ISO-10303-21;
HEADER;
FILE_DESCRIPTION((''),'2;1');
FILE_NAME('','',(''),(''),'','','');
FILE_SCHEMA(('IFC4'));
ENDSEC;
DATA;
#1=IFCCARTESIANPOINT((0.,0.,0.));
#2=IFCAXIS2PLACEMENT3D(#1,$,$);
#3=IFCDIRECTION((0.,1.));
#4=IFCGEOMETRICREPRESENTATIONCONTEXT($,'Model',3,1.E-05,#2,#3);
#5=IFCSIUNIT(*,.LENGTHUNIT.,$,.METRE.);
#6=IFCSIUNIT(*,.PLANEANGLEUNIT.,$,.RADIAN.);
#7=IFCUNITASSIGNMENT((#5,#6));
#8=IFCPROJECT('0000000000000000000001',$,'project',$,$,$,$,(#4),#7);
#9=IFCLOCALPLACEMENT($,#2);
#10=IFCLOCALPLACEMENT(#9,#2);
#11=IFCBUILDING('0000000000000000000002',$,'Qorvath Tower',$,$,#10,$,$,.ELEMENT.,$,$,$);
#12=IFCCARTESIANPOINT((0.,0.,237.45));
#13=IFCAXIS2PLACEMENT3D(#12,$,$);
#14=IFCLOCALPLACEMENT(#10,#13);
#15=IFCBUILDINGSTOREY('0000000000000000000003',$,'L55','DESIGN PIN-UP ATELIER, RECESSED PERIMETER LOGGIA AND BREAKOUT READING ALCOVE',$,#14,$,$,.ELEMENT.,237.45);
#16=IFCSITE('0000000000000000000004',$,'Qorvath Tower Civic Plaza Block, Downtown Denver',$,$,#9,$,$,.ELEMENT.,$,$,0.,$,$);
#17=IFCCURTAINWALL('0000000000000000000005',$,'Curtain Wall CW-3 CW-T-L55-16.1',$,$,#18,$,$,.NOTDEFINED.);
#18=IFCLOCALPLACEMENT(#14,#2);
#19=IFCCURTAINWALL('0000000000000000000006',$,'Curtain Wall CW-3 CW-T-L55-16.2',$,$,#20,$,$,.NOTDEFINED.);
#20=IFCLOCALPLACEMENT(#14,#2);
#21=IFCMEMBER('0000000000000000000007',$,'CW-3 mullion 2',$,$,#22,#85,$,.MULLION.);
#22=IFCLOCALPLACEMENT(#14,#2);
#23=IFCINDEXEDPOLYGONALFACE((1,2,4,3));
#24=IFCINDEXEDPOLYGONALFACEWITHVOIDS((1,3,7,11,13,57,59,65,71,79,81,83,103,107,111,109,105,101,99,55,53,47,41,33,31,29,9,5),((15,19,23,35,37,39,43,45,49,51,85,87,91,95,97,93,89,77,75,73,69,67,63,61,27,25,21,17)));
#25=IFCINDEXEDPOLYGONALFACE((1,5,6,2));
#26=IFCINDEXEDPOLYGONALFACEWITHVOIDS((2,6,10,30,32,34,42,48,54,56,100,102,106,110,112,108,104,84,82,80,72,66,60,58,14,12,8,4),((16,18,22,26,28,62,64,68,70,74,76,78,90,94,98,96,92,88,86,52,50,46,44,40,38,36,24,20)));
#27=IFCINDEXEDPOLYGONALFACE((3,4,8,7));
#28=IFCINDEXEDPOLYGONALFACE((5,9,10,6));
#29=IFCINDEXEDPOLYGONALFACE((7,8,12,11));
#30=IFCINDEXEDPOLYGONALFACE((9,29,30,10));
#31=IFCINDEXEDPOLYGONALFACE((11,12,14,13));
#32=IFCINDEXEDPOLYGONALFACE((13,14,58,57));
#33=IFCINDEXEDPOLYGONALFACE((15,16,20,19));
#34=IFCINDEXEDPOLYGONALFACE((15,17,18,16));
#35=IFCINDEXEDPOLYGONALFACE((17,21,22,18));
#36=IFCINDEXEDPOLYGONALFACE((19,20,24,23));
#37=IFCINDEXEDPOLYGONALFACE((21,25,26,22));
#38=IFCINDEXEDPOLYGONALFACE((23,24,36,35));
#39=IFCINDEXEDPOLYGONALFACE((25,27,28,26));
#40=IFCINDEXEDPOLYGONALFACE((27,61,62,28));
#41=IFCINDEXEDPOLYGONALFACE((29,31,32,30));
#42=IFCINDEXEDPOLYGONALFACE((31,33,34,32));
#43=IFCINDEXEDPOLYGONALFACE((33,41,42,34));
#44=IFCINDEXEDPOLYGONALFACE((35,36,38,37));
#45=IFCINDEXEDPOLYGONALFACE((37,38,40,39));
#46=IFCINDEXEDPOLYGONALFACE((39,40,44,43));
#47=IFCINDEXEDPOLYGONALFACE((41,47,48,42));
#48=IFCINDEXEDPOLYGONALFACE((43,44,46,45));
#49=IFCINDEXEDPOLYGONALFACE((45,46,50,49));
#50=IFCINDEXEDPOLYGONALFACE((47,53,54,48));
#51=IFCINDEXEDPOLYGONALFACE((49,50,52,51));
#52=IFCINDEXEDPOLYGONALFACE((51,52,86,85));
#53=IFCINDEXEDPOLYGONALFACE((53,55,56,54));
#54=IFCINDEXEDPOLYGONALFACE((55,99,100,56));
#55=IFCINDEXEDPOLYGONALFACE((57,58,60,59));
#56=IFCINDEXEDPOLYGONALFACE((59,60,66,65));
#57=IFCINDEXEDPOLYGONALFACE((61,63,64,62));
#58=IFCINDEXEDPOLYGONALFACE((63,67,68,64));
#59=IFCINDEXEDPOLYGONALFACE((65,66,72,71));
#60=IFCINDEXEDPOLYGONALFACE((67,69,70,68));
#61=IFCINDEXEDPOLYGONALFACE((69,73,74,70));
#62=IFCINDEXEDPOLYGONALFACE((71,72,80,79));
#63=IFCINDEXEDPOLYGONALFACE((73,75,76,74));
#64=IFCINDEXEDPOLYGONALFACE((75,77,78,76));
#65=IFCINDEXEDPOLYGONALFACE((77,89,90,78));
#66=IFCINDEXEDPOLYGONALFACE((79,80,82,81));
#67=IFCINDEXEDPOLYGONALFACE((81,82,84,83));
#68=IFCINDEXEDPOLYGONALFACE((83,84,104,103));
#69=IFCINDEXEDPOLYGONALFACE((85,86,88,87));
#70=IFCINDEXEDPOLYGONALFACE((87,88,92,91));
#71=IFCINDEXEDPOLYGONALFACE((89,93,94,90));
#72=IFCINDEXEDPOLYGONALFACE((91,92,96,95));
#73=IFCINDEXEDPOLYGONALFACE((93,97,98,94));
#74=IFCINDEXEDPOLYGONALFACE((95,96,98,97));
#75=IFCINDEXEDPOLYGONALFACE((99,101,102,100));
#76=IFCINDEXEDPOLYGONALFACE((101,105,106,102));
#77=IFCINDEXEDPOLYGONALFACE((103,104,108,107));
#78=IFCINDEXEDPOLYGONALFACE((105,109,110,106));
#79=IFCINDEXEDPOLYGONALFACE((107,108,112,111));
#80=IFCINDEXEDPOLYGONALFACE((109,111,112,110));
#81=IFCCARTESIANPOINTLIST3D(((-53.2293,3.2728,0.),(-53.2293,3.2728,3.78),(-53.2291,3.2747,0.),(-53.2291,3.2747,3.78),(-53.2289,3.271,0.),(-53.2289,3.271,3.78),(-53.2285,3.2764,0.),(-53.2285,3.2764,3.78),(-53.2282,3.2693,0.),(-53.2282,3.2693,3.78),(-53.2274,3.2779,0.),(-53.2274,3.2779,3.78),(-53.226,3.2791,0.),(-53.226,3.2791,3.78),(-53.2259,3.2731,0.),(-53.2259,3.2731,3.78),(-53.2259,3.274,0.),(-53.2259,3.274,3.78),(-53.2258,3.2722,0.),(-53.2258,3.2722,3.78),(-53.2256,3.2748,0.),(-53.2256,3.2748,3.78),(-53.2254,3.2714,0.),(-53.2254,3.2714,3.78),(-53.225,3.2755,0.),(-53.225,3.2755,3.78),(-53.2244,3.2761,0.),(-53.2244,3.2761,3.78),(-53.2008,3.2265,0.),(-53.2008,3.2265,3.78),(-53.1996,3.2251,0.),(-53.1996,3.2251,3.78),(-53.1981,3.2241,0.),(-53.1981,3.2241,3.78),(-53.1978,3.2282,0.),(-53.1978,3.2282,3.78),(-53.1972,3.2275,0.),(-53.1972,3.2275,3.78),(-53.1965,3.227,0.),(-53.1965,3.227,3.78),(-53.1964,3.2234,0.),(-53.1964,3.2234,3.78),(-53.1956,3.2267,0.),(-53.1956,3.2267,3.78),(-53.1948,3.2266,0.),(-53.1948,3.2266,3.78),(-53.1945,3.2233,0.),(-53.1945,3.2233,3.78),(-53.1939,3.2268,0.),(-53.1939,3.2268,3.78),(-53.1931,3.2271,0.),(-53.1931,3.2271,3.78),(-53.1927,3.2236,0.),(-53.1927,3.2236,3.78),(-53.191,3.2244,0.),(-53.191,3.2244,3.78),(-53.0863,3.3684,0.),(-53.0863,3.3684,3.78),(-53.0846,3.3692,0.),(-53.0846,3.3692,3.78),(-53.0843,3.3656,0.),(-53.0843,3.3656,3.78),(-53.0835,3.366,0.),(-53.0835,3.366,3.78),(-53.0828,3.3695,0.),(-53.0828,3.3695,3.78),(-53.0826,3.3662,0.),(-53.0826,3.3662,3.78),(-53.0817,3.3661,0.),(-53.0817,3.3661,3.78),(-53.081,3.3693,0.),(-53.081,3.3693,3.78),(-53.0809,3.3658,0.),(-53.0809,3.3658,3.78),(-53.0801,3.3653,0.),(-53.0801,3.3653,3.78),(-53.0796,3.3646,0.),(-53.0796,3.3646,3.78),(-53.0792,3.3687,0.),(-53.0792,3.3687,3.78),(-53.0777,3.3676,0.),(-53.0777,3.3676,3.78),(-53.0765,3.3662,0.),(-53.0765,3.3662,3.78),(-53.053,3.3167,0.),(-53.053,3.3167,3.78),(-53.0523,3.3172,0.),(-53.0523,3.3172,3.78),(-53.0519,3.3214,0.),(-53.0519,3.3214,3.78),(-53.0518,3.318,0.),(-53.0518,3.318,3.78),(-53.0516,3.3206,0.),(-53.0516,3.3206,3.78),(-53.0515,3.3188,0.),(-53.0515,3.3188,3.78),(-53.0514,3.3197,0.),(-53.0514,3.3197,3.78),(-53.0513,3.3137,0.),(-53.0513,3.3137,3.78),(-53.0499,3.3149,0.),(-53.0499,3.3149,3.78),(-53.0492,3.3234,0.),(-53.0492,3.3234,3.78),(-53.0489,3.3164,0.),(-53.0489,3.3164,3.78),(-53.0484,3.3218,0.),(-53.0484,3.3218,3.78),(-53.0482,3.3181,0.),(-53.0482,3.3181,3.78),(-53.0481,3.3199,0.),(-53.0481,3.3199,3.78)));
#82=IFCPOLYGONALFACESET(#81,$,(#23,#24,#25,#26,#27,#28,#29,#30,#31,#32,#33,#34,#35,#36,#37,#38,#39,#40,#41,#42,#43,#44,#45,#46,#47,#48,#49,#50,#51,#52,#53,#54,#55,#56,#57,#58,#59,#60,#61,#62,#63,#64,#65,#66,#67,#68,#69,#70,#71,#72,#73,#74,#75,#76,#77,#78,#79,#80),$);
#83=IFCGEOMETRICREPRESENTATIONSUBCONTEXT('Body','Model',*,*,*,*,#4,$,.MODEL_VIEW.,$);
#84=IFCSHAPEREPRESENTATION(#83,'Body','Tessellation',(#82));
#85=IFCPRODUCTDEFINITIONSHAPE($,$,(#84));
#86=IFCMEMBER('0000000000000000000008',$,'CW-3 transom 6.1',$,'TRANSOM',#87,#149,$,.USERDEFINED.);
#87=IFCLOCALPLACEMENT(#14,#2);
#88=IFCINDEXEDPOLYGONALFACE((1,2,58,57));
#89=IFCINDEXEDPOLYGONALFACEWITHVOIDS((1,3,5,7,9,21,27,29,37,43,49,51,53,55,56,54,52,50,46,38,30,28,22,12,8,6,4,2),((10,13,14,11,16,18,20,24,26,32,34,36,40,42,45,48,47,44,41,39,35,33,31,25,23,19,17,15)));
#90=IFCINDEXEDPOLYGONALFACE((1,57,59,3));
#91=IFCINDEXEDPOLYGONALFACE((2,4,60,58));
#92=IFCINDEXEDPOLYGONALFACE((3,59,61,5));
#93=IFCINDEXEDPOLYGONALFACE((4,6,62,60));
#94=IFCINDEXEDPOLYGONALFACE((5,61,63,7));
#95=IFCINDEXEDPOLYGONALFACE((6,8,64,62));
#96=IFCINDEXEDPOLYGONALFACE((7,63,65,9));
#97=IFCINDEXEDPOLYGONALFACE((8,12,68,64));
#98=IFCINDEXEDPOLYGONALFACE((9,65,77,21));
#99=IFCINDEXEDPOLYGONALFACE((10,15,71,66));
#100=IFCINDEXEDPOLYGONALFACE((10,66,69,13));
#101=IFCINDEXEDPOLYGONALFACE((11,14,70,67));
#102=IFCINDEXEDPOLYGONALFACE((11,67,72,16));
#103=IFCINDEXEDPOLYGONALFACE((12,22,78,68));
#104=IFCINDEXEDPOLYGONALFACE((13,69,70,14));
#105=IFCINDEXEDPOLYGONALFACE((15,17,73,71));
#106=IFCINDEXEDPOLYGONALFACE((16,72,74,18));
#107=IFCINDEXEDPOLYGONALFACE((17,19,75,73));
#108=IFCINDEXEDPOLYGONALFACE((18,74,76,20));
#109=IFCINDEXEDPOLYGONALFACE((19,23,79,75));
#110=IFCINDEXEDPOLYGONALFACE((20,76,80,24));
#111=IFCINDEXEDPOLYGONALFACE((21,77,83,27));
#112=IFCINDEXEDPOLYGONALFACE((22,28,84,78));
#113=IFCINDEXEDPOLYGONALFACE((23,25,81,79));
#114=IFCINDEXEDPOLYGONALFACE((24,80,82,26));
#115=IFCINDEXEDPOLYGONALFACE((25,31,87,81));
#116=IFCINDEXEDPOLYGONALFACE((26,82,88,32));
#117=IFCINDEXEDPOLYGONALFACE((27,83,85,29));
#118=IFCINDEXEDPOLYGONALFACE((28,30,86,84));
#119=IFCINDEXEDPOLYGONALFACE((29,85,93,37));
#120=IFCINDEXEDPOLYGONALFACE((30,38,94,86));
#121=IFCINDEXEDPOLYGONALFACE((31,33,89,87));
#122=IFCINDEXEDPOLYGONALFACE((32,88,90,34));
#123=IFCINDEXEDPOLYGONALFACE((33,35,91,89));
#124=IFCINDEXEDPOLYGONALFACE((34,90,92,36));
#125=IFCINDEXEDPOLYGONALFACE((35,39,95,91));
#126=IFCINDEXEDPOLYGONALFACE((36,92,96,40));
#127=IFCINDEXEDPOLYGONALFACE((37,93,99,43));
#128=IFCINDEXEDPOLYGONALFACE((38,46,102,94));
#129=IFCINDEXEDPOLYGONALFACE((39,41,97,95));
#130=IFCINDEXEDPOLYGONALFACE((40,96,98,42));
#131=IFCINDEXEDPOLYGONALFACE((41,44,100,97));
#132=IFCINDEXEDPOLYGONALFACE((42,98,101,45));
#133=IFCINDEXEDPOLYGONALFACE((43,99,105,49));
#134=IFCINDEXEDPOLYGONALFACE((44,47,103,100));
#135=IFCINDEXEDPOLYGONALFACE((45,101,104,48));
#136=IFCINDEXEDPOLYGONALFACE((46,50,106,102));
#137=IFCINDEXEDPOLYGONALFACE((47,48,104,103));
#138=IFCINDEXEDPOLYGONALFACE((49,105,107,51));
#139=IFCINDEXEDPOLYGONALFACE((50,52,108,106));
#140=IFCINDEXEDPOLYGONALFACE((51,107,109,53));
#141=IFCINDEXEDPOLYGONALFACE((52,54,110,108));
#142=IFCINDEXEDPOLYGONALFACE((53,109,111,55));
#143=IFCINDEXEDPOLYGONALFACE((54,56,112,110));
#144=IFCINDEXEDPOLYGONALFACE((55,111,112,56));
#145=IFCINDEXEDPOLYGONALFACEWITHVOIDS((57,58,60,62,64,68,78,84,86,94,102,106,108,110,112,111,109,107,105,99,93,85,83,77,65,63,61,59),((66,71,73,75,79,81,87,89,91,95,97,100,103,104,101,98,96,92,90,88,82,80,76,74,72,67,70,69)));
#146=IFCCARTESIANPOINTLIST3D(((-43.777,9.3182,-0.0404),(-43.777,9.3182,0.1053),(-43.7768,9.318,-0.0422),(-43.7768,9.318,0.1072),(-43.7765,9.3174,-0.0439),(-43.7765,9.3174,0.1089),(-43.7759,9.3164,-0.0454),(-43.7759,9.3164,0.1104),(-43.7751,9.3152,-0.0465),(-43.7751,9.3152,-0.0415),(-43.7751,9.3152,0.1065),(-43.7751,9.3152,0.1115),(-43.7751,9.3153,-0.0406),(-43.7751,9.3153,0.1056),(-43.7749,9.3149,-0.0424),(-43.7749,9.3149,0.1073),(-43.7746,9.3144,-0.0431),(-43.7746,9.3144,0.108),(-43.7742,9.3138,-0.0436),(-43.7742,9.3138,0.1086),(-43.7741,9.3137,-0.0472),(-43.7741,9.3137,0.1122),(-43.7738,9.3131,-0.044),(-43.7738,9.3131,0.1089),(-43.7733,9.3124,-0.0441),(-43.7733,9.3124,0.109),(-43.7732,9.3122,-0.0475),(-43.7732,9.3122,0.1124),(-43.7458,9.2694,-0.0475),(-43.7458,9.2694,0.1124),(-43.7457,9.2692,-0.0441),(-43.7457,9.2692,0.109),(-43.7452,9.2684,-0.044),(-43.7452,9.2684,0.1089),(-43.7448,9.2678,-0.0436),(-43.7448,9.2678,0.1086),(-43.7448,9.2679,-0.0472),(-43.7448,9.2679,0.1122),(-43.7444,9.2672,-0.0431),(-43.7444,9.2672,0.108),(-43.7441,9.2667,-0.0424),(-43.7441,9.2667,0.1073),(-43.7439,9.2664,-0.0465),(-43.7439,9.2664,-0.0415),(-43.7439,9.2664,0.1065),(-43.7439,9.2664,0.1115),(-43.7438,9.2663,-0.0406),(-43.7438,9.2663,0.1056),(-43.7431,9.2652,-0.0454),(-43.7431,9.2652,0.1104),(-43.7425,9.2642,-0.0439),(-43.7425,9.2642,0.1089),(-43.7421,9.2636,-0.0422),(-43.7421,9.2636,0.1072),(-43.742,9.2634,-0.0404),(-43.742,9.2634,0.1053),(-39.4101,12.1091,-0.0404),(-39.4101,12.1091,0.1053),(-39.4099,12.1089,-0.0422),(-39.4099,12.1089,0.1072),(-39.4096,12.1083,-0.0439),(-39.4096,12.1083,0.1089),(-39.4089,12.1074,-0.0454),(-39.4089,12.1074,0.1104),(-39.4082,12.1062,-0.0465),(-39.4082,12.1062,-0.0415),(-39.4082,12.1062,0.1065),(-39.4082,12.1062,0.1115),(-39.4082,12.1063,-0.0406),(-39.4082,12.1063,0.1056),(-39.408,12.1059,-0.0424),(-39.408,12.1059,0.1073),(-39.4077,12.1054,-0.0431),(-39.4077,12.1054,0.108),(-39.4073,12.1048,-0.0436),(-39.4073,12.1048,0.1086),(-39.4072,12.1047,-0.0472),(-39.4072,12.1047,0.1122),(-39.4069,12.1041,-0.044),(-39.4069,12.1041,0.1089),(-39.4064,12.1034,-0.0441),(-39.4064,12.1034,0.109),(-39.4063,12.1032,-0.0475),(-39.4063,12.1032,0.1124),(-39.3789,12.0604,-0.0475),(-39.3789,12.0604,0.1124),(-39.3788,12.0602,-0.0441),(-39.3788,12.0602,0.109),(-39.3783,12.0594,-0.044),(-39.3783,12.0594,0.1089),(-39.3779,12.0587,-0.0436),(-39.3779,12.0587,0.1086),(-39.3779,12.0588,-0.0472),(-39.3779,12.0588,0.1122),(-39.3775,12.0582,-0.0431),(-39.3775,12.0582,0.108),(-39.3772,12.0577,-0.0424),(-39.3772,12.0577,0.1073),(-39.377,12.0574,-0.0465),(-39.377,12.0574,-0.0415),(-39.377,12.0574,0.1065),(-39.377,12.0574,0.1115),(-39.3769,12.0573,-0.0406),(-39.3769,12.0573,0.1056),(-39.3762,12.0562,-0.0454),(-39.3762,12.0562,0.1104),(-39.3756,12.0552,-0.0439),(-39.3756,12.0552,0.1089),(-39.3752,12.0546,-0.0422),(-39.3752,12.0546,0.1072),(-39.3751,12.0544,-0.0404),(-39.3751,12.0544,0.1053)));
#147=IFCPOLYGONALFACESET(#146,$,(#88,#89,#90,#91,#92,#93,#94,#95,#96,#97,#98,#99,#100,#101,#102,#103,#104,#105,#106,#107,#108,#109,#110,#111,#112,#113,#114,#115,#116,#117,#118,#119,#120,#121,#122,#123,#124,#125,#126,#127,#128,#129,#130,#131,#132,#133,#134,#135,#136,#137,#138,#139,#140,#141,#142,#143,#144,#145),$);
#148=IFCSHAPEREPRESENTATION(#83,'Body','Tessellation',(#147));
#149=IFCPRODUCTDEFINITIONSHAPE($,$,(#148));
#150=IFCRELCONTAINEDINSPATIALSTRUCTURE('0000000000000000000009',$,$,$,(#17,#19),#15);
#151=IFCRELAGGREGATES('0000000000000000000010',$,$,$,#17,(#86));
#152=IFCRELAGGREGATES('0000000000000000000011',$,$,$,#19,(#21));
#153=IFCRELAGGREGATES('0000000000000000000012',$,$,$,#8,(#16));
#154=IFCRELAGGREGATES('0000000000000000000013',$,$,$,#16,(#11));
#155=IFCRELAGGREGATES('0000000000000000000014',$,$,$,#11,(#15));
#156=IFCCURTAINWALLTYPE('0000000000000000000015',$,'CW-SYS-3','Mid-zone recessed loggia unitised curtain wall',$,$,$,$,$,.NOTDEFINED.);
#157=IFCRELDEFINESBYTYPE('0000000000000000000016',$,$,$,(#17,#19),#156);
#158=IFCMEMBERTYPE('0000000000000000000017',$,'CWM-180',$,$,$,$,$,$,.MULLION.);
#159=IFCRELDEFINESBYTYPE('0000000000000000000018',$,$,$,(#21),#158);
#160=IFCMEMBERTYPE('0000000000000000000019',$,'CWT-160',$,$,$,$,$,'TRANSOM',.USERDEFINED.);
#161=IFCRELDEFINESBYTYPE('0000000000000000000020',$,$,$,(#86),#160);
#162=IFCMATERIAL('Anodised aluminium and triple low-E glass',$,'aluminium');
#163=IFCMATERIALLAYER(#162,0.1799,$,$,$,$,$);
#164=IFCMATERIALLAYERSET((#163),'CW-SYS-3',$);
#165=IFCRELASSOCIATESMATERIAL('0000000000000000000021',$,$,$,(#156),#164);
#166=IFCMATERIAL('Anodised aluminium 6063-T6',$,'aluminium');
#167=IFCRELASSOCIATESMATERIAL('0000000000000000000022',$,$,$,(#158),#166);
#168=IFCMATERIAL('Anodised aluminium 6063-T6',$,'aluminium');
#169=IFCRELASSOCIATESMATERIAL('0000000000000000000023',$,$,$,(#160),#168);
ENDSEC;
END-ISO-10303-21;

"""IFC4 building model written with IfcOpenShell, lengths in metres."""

from ifc_helpers import new_model, si_unit, direction, frame, origin, origin_2d, place, context, subcontext, project, spatial, hollow_rectangle, extrude, material, layer, layer_set, material_profile, profile_set, type_object, element, aggregate, save


model = new_model("IFC4")

# Units and contexts
model_context = context("Model", 3, precision=1e-05, world=origin(), true_north=direction((0.0, 1.0)))
body_context = subcontext(model_context, "Body", "Model", "MODEL_VIEW")
ifc_project = project(units=[si_unit("LENGTHUNIT", "METRE"), si_unit("PLANEANGLEUNIT", "RADIAN")], contexts=[model_context])

# Site, building, storey
site_placement = place(None, origin())
site = spatial("IfcSite", under=ifc_project, at=site_placement, Name="Qorvath Tower Civic Plaza Block, Downtown Denver", CompositionType="ELEMENT", RefElevation=0.0)
building_placement = place(site_placement, origin())
building = spatial("IfcBuilding", under=site, at=building_placement, Name="Qorvath Tower", CompositionType="ELEMENT")
storey_placement = place(building_placement, frame((0.0, 0.0, 237.45)))
storey = spatial("IfcBuildingStorey", under=building, at=storey_placement, Name="L55", Description="DESIGN PIN-UP ATELIER, RECESSED PERIMETER LOGGIA AND BREAKOUT READING ALCOVE", CompositionType="ELEMENT", Elevation=237.45)

# Curtain walls, member
ifc_material_1 = material(Name="Anodised aluminium and triple low-E glass", Category="aluminium")
ifc_layer_1 = layer(ifc_material_1, 0.1799)
ifc_layer_set_1 = layer_set([ifc_layer_1], Name="CW-SYS-3")
curtain_wall_type = type_object("IfcCurtainWallType", Name="CW-SYS-3", Description="Mid-zone recessed loggia unitised curtain wall", PredefinedType="NOTDEFINED", material=ifc_layer_set_1)
curtain_wall_1_placement = place(storey_placement, origin())
curtain_wall_1 = element("IfcCurtainWall", 1, at=curtain_wall_1_placement, inside=storey, type_object=curtain_wall_type, Name="Curtain Wall CW-3 CW-T-L55-16.1", PredefinedType="NOTDEFINED")
ifc_material_2 = material(Name="Anodised aluminium 6063-T6", Category="aluminium")
ifc_material_profile_1 = material_profile(ifc_material_2, hollow_rectangle(XDim=0.0649, YDim=0.1799, WallThickness=0.0034, InnerFilletRadius=0.0034, OuterFilletRadius=0.0071, at=origin_2d()), Name="CWM 180x65")
ifc_profile_set_1 = profile_set([ifc_material_profile_1], Name="Anodised aluminium 6063-T6")
member_type_1 = type_object("IfcMemberType", Name="CWM-180", PredefinedType="MULLION", material=ifc_profile_set_1)
curtain_wall_2_placement = place(storey_placement, origin())
curtain_wall_2 = element("IfcCurtainWall", 2, at=curtain_wall_2_placement, inside=storey, type_object=curtain_wall_type, Name="Curtain Wall CW-3 CW-T-L55-16.2", PredefinedType="NOTDEFINED")
member_1_placement = place(storey_placement, frame((-53.1387, 3.2964, 0.0), z_axis=(0.0, 0.0, 1.0), x_axis=(0.538538, -0.842601, 0.0)))
member_1 = element("IfcMember", 3, at=member_1_placement, type_object=member_type_1, Name="CW-3 mullion 2", PredefinedType="MULLION", context=body_context, shape_type="SweptSolid", body=[
    extrude(hollow_rectangle(XDim=0.0649, YDim=0.1799, WallThickness=0.0034, InnerFilletRadius=0.0034, OuterFilletRadius=0.0071, at=origin_2d()), origin(), (0.0, 0.0, 1.0), 3.78),
])

# Member
ifc_material_3 = material(Name="Anodised aluminium 6063-T6", Category="aluminium")
ifc_material_profile_2 = material_profile(ifc_material_3, hollow_rectangle(XDim=0.0649, YDim=0.1599, WallThickness=0.0034, InnerFilletRadius=0.0034, OuterFilletRadius=0.0071, at=origin_2d()), Name="CWT 160x65")
ifc_profile_set_2 = profile_set([ifc_material_profile_2], Name="Anodised aluminium 6063-T6")
member_type_2 = type_object("IfcMemberType", Name="CWT-160", ElementType="TRANSOM", PredefinedType="USERDEFINED", material=ifc_profile_set_2)
member_2_placement = place(storey_placement, frame((-39.3926, 12.0818, 0.0325), z_axis=(-0.842607, -0.53853, 0.0), x_axis=(0.53853, -0.842607, 0.0)))
member_2 = element("IfcMember", 4, at=member_2_placement, type_object=member_type_2, Name="CW-3 transom 6.1", ObjectType="TRANSOM", PredefinedType="USERDEFINED", context=body_context, shape_type="SweptSolid", body=[
    extrude(hollow_rectangle(XDim=0.0649, YDim=0.1599, WallThickness=0.0034, InnerFilletRadius=0.0034, OuterFilletRadius=0.0071, at=origin_2d()), origin(), (0.0, 0.0, 1.0), 5.1826),
])

aggregate(curtain_wall_1, [member_2])
aggregate(curtain_wall_2, [member_1])

save(model, "model.ifc")
